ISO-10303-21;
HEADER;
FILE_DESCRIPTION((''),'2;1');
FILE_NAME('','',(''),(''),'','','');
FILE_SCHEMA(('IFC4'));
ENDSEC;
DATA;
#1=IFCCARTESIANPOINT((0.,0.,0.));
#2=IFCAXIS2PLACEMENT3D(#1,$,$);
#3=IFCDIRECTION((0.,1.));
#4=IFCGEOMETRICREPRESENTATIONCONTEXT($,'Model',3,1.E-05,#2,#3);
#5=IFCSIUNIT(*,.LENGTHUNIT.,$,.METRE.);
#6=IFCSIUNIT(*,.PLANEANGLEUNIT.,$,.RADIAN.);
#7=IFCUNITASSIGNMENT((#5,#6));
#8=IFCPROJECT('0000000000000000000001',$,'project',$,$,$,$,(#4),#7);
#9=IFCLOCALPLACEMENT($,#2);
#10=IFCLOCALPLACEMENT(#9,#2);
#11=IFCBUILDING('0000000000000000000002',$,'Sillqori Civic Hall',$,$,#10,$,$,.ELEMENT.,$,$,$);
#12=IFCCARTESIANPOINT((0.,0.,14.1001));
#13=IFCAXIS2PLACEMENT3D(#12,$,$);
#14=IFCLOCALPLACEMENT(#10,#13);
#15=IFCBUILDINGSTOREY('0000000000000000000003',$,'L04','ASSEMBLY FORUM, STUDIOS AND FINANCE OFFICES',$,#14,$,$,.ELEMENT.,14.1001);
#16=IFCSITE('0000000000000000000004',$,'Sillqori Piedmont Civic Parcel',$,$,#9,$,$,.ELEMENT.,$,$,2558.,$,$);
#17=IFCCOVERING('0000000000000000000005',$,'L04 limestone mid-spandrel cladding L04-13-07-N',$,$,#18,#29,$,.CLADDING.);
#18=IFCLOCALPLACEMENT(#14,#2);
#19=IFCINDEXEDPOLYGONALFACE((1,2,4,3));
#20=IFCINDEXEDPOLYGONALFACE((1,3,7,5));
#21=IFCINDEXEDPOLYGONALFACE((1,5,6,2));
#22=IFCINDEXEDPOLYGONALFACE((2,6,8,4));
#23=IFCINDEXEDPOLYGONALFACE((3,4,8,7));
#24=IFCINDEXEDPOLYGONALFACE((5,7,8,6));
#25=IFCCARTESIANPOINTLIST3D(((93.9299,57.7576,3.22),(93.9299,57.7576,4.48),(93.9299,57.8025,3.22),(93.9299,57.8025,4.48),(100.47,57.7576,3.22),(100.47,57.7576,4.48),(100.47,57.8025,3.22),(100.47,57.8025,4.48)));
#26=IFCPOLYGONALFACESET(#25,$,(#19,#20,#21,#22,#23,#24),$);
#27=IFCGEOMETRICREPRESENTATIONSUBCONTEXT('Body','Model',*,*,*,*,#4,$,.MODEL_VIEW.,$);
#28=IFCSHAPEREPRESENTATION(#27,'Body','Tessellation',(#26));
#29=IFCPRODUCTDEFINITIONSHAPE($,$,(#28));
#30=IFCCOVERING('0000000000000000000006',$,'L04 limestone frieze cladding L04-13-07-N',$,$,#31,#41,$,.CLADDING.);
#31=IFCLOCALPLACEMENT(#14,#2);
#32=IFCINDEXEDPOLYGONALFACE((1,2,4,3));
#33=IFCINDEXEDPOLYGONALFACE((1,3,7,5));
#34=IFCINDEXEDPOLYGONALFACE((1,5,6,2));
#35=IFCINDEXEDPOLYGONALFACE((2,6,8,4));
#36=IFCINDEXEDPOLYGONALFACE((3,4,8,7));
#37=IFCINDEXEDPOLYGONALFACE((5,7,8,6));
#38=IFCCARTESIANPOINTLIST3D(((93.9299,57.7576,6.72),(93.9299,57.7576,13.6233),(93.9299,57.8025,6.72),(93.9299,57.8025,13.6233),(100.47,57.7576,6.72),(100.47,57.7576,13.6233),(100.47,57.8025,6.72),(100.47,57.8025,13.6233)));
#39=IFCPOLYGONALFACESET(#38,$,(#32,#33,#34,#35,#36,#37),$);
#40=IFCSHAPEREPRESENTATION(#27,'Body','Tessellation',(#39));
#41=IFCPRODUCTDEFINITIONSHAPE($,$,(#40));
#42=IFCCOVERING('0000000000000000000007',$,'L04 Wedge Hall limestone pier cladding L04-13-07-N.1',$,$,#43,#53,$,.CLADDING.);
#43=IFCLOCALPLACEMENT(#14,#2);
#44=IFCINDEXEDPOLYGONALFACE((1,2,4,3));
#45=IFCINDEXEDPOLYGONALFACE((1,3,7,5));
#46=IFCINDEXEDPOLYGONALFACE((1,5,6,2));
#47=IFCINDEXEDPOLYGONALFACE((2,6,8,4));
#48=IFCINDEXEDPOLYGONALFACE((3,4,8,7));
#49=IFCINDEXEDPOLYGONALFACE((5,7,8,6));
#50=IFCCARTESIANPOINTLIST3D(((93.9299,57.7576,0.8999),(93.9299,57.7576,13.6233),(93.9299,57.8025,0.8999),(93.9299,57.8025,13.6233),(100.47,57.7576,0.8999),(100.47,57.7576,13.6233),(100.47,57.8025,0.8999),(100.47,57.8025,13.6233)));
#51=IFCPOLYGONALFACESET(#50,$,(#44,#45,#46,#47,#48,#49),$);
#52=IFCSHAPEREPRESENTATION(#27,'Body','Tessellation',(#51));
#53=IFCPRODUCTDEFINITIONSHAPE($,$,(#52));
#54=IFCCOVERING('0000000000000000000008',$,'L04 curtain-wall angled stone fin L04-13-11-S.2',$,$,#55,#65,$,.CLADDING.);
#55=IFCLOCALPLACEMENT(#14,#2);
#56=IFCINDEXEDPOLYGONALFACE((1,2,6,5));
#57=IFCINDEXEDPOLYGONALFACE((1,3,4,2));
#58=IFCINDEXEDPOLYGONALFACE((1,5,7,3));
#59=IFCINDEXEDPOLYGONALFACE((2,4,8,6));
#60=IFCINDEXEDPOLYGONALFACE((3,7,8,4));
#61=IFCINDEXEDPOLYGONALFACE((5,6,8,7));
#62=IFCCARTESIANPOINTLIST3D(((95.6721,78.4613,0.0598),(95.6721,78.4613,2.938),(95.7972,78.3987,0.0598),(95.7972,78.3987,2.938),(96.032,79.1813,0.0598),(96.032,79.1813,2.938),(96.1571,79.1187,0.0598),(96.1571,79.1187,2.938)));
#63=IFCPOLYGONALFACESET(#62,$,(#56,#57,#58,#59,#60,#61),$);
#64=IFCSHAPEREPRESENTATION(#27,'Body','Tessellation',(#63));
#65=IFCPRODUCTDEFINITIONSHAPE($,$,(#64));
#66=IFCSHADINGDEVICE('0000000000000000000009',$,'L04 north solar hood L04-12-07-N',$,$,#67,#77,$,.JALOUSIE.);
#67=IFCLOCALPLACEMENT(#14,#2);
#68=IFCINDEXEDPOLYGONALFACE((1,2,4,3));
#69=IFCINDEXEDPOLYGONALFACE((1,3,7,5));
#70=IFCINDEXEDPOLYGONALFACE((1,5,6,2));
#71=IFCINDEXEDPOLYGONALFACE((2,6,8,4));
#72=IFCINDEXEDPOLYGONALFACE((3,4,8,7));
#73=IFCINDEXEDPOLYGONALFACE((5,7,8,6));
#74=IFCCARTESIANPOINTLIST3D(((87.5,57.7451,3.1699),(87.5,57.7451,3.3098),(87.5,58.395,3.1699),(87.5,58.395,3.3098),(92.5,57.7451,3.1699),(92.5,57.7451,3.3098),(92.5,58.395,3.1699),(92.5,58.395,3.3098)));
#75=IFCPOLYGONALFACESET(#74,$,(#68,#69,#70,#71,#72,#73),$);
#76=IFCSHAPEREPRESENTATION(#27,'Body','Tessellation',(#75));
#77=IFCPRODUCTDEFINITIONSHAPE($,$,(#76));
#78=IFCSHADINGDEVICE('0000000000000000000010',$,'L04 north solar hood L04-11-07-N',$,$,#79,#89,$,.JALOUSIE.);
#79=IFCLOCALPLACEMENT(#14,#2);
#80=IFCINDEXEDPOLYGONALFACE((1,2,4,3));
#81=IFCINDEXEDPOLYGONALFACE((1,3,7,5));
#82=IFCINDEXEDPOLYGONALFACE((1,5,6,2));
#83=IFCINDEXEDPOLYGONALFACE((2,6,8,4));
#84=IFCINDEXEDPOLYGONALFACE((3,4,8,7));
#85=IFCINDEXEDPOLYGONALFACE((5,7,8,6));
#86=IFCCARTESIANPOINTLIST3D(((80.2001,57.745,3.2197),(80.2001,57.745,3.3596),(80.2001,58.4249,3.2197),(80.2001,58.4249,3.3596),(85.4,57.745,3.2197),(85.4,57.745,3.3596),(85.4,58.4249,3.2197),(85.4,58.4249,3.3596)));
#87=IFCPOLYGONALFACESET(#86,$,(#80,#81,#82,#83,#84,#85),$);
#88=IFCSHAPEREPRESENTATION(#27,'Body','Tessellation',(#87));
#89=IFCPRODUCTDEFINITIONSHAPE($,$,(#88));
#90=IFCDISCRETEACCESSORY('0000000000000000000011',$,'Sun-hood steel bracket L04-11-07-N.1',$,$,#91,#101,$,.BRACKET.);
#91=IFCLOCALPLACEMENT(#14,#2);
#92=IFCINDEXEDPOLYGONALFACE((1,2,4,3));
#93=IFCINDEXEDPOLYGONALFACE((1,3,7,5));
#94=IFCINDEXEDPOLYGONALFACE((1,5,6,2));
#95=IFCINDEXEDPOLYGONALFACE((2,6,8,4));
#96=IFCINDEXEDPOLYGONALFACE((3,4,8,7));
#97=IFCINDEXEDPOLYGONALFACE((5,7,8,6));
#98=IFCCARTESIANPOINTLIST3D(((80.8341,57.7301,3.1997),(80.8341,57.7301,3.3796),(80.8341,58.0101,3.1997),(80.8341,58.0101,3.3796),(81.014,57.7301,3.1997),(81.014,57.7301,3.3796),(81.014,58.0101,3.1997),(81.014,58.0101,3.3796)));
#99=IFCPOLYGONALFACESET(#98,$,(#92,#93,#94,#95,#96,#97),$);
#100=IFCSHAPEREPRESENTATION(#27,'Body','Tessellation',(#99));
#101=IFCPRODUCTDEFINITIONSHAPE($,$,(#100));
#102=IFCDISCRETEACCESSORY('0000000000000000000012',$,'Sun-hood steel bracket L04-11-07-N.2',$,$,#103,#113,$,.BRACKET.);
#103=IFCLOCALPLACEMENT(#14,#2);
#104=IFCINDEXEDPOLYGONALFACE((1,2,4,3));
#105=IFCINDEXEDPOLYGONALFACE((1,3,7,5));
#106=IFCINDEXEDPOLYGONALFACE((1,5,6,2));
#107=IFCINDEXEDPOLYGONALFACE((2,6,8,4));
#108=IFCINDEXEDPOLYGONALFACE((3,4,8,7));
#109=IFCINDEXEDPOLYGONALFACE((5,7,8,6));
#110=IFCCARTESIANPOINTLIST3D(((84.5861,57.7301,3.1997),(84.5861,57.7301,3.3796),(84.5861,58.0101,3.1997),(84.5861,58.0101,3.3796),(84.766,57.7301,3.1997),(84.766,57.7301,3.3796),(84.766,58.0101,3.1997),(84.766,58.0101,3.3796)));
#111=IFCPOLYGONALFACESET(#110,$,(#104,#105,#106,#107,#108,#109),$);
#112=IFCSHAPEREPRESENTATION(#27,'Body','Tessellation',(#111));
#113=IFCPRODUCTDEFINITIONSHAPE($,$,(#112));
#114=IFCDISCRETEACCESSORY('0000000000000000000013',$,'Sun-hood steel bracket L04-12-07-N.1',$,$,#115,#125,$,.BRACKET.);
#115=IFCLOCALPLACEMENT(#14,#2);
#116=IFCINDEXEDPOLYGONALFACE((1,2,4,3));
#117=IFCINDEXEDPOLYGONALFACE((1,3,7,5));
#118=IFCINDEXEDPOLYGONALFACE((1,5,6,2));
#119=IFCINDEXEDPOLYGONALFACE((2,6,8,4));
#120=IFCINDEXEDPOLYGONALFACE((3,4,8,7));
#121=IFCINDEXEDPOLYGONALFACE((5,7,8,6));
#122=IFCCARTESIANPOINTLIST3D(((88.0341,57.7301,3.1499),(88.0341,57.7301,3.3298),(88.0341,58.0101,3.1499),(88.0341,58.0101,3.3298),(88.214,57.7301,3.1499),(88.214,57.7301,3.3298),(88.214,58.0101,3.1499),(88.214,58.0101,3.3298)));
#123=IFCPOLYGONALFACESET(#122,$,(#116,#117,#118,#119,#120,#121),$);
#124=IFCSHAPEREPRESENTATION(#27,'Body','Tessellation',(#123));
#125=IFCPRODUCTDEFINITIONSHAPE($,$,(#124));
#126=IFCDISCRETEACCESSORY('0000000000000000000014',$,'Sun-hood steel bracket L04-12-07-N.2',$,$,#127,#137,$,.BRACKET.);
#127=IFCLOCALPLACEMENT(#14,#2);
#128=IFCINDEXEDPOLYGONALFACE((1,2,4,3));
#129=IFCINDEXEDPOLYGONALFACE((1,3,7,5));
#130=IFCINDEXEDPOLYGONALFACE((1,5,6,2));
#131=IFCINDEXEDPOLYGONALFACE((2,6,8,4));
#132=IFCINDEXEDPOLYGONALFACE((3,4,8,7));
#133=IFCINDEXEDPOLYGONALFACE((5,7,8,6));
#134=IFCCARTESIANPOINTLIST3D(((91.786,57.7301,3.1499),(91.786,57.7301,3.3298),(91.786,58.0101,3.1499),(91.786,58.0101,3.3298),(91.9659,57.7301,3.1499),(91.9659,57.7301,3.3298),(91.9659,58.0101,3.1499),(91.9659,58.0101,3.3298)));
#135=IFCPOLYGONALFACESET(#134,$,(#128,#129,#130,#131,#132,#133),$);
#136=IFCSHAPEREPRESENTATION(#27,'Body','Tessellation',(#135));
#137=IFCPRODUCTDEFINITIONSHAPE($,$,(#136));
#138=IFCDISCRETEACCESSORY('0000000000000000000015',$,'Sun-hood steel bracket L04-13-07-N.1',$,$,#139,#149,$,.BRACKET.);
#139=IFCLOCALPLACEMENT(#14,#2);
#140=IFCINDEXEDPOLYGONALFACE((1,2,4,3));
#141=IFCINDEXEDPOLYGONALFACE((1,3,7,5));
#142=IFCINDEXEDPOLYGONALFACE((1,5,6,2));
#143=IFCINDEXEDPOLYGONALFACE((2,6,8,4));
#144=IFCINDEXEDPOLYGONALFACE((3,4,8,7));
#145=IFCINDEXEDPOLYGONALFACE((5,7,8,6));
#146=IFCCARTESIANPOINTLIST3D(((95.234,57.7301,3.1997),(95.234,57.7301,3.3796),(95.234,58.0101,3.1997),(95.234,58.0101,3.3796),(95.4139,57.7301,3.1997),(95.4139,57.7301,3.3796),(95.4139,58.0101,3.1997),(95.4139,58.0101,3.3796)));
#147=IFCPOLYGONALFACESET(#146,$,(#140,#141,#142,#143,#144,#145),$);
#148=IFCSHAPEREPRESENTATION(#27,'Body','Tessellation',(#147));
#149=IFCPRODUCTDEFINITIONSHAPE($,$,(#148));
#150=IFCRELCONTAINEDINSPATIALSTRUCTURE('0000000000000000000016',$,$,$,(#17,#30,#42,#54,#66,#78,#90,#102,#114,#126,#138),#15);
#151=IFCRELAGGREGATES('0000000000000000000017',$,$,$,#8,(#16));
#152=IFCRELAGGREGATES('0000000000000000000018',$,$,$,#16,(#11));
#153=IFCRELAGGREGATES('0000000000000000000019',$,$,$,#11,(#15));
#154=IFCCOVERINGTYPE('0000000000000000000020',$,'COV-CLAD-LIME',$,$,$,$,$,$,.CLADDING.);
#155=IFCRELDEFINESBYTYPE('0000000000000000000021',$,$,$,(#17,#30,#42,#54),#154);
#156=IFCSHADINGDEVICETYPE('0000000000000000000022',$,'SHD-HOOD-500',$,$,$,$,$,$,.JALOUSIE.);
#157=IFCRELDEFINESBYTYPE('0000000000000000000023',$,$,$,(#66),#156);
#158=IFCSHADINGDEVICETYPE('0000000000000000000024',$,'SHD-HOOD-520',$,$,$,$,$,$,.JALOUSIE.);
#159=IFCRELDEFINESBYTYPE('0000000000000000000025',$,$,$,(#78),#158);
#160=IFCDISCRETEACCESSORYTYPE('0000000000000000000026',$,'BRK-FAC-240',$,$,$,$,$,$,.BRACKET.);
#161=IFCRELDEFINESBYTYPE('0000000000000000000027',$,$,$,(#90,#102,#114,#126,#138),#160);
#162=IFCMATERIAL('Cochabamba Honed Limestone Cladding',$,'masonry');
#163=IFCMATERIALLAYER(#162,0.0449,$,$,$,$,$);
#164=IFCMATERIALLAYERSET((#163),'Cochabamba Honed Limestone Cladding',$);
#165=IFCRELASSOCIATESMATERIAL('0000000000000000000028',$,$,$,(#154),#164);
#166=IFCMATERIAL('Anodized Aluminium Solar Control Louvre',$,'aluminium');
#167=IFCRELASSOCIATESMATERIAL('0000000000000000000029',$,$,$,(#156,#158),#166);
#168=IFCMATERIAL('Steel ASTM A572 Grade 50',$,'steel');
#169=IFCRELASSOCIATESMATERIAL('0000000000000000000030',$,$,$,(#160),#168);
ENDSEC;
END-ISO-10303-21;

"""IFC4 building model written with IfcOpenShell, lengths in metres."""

from ifc_helpers import new_model, si_unit, direction, frame, frame_2d, origin, origin_2d, place, context, subcontext, project, spatial, rectangle, extrude, material, layer, layer_set, type_object, element, save


model = new_model("IFC4")

# Units and contexts
model_context = context("Model", 3, precision=1e-05, world=origin(), true_north=direction((0.0, 1.0)))
body_context = subcontext(model_context, "Body", "Model", "MODEL_VIEW")
ifc_project = project(units=[si_unit("LENGTHUNIT", "METRE"), si_unit("PLANEANGLEUNIT", "RADIAN")], contexts=[model_context])

# Site, building, storey
site_placement = place(None, origin())
site = spatial("IfcSite", under=ifc_project, at=site_placement, Name="Sillqori Piedmont Civic Parcel", CompositionType="ELEMENT", RefElevation=2558.0)
building_placement = place(site_placement, origin())
building = spatial("IfcBuilding", under=site, at=building_placement, Name="Sillqori Civic Hall", CompositionType="ELEMENT")
storey_placement = place(building_placement, frame((0.0, 0.0, 14.1001)))
storey = spatial("IfcBuildingStorey", under=building, at=storey_placement, Name="L04", Description="ASSEMBLY FORUM, STUDIOS AND FINANCE OFFICES", CompositionType="ELEMENT", Elevation=14.1001)

# Coverings
ifc_material_1 = material(Name="Cochabamba Honed Limestone Cladding", Category="masonry")
ifc_layer_1 = layer(ifc_material_1, 0.0449)
ifc_layer_set_1 = layer_set([ifc_layer_1], Name="Cochabamba Honed Limestone Cladding")
covering_type = type_object("IfcCoveringType", Name="COV-CLAD-LIME", PredefinedType="CLADDING", material=ifc_layer_set_1)
covering_1_placement = place(storey_placement, frame((93.9299, 57.78, 3.22), z_axis=(0.0, 0.0, 1.0), x_axis=(1.0, 0.0, 0.0)))
element("IfcCovering", 1, at=covering_1_placement, inside=storey, type_object=covering_type, Name="L04 limestone mid-spandrel cladding L04-13-07-N", PredefinedType="CLADDING", context=body_context, shape_type="SweptSolid", body=[
    extrude(rectangle(XDim=6.54, YDim=0.0449, at=frame_2d((3.27, 0.0))), origin(), (0.0, 0.0, 1.0), 1.26),
])
covering_2_placement = place(storey_placement, frame((93.9299, 57.78, 6.72), z_axis=(0.0, 0.0, 1.0), x_axis=(1.0, 0.0, 0.0)))
element("IfcCovering", 2, at=covering_2_placement, inside=storey, type_object=covering_type, Name="L04 limestone frieze cladding L04-13-07-N", PredefinedType="CLADDING", context=body_context, shape_type="SweptSolid", body=[
    extrude(rectangle(XDim=6.54, YDim=0.0449, at=frame_2d((3.27, 0.0))), origin(), (0.0, 0.0, 1.0), 6.9033),
])
covering_3_placement = place(storey_placement, frame((93.9299, 57.78, 0.8999), z_axis=(0.0, 0.0, 1.0), x_axis=(1.0, 0.0, 0.0)))
element("IfcCovering", 3, at=covering_3_placement, inside=storey, type_object=covering_type, Name="L04 Wedge Hall limestone pier cladding L04-13-07-N.1", PredefinedType="CLADDING", context=body_context, shape_type="SweptSolid", body=[
    extrude(rectangle(XDim=6.54, YDim=0.0449, at=frame_2d((3.27, 0.0))), origin(), (0.0, 0.0, 1.0), 12.7234),
])
covering_4_placement = place(storey_placement, frame((96.0945, 79.1499, 0.0598), z_axis=(0.0, 0.0, 1.0), x_axis=(-0.447092, -0.894488, 0.0)))
element("IfcCovering", 4, at=covering_4_placement, inside=storey, type_object=covering_type, Name="L04 curtain-wall angled stone fin L04-13-11-S.2", PredefinedType="CLADDING", context=body_context, shape_type="SweptSolid", body=[
    extrude(rectangle(XDim=0.8049, YDim=0.1399, at=frame_2d((0.4023, 0.0))), origin(), (0.0, 0.0, 1.0), 2.8782),
])

# Shading devices
ifc_material_2 = material(Name="Anodized Aluminium Solar Control Louvre", Category="aluminium")
shading_device_type_1 = type_object("IfcShadingDeviceType", Name="SHD-HOOD-500", PredefinedType="JALOUSIE", material=ifc_material_2)
shading_device_1_placement = place(storey_placement, frame((90.0, 58.0701, 3.1699), z_axis=(0.0, 0.0, 1.0), x_axis=(1.0, 0.0, 0.0)))
element("IfcShadingDevice", 5, at=shading_device_1_placement, inside=storey, type_object=shading_device_type_1, Name="L04 north solar hood L04-12-07-N", PredefinedType="JALOUSIE", context=body_context, shape_type="SweptSolid", body=[
    extrude(rectangle(XDim=5.0, YDim=0.6499, at=origin_2d()), origin(), (0.0, 0.0, 1.0), 0.1399),
])
shading_device_type_2 = type_object("IfcShadingDeviceType", Name="SHD-HOOD-520", PredefinedType="JALOUSIE", material=ifc_material_2)
shading_device_2_placement = place(storey_placement, frame((82.8, 58.085, 3.2197), z_axis=(0.0, 0.0, 1.0), x_axis=(1.0, 0.0, 0.0)))
element("IfcShadingDevice", 6, at=shading_device_2_placement, inside=storey, type_object=shading_device_type_2, Name="L04 north solar hood L04-11-07-N", PredefinedType="JALOUSIE", context=body_context, shape_type="SweptSolid", body=[
    extrude(rectangle(XDim=5.2, YDim=0.6799, at=origin_2d()), origin(), (0.0, 0.0, 1.0), 0.1399),
])

# Discrete accessories
ifc_material_3 = material(Name="Steel ASTM A572 Grade 50", Category="steel")
discrete_accessory_type = type_object("IfcDiscreteAccessoryType", Name="BRK-FAC-240", PredefinedType="BRACKET", material=ifc_material_3)
for number, where, z_axis, x_axis, name in (
    (7, (80.9241, 57.8701, 3.1997), (0.0, 0.0, 1.0), (1.0, 0.0, 0.0), "Sun-hood steel bracket L04-11-07-N.1"),
    (8, (84.676, 57.8701, 3.1997), (0.0, 0.0, 1.0), (1.0, 0.0, 0.0), "Sun-hood steel bracket L04-11-07-N.2"),
    (9, (88.124, 57.8701, 3.1499), (0.0, 0.0, 1.0), (1.0, 0.0, 0.0), "Sun-hood steel bracket L04-12-07-N.1"),
    (10, (91.876, 57.8701, 3.1499), (0.0, 0.0, 1.0), (1.0, 0.0, 0.0), "Sun-hood steel bracket L04-12-07-N.2"),
    (11, (95.324, 57.8701, 3.1997), (0.0, 0.0, 1.0), (1.0, 0.0, 0.0), "Sun-hood steel bracket L04-13-07-N.1"),
):
    element("IfcDiscreteAccessory", number, at=place(storey_placement, frame(where, z_axis=z_axis, x_axis=x_axis)), inside=storey, type_object=discrete_accessory_type, Name=name, PredefinedType="BRACKET", context=body_context, shape_type="SweptSolid", body=[
        extrude(rectangle(XDim=0.1799, YDim=0.28, at=origin_2d()), origin(), (0.0, 0.0, 1.0), 0.1799),
    ])

save(model, "model.ifc")
